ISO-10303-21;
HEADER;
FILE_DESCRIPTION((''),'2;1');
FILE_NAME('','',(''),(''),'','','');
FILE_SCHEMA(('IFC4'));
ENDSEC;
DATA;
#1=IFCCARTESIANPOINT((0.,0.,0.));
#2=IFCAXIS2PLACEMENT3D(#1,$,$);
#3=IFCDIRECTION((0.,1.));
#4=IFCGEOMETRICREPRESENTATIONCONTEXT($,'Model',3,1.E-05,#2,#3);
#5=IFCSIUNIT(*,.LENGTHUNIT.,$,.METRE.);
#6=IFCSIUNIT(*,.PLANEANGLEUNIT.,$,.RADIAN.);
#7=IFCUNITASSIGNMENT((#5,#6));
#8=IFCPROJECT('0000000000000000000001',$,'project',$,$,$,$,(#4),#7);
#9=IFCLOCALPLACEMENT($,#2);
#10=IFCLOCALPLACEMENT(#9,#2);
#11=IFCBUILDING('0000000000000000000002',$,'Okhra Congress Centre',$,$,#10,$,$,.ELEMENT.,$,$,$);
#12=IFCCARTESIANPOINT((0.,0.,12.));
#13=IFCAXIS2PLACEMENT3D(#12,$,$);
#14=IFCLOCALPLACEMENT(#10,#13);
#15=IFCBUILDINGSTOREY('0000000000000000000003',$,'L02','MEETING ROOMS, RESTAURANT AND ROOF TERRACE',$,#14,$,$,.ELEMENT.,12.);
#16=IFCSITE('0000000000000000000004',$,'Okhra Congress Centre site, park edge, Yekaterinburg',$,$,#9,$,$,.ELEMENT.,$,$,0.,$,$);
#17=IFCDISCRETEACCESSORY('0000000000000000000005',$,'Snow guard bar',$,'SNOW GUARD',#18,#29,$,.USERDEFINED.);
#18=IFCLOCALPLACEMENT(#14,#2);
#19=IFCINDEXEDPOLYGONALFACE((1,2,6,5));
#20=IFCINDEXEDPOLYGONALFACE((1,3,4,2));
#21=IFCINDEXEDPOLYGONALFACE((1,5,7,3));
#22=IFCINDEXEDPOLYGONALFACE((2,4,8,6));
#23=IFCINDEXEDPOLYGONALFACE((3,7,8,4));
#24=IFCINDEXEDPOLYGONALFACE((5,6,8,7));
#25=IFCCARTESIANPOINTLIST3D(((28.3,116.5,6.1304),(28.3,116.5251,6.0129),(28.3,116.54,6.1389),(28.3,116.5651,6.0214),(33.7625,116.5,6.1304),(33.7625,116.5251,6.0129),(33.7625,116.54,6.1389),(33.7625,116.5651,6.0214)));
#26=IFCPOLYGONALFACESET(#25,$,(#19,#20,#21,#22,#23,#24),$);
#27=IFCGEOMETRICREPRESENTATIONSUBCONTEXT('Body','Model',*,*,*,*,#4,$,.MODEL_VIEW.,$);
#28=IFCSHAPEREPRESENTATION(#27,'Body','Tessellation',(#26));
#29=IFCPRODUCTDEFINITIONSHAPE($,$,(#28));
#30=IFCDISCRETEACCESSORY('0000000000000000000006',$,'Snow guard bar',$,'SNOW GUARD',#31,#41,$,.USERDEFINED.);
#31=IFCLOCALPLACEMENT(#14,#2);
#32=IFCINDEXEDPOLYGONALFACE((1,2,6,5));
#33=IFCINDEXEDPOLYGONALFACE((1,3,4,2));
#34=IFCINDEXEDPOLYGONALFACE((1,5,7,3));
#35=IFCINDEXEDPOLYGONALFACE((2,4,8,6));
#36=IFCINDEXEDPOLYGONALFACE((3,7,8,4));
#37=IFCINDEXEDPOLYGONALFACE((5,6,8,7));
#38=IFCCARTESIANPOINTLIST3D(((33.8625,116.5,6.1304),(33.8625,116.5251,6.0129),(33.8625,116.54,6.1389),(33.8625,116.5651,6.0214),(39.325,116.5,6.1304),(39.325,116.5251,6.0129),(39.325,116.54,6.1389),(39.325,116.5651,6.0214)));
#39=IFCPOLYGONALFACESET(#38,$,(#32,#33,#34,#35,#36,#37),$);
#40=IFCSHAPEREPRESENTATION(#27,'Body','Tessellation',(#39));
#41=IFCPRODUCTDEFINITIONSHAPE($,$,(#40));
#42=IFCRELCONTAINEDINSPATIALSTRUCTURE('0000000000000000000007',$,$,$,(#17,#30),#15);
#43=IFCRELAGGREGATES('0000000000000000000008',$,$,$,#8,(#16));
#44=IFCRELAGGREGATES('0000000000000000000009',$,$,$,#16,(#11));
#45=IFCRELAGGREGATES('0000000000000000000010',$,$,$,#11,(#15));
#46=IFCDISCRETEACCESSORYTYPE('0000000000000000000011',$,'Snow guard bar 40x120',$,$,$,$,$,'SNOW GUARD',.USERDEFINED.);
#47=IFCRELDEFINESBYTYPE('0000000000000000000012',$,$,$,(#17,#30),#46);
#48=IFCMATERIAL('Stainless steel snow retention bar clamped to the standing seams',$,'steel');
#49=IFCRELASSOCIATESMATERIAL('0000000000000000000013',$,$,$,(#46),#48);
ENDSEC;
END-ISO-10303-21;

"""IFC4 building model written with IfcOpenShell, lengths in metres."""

from ifc_helpers import new_model, si_unit, direction, frame, origin, place, context, subcontext, project, spatial, polyline, outline, extrude, material, type_object, element, save


model = new_model("IFC4")

# Units and contexts
model_context = context("Model", 3, precision=1e-05, world=origin(), true_north=direction((0.0, 1.0)))
body_context = subcontext(model_context, "Body", "Model", "MODEL_VIEW")
ifc_project = project(units=[si_unit("LENGTHUNIT", "METRE"), si_unit("PLANEANGLEUNIT", "RADIAN")], contexts=[model_context])

# Site, building, storey
site_placement = place(None, origin())
site = spatial("IfcSite", under=ifc_project, at=site_placement, Name="Okhra Congress Centre site, park edge, Yekaterinburg", CompositionType="ELEMENT", RefElevation=0.0)
building_placement = place(site_placement, origin())
building = spatial("IfcBuilding", under=site, at=building_placement, Name="Okhra Congress Centre", CompositionType="ELEMENT")
storey_placement = place(building_placement, frame((0.0, 0.0, 12.0)))
storey = spatial("IfcBuildingStorey", under=building, at=storey_placement, Name="L02", Description="MEETING ROOMS, RESTAURANT AND ROOF TERRACE", CompositionType="ELEMENT", Elevation=12.0)

# Discrete accessories
ifc_material_1 = material(Name="Stainless steel snow retention bar clamped to the standing seams", Category="steel")
discrete_accessory_type = type_object("IfcDiscreteAccessoryType", Name="Snow guard bar 40x120", ElementType="SNOW GUARD", PredefinedType="USERDEFINED", material=ifc_material_1)
for number, where, z_axis, x_axis, name in (
    (1, (28.3, 116.5, 6.1304), (0.0, -0.208715, 0.977977), (1.0, 0.0, 0.0), "Snow guard bar"),
    (2, (33.8625, 116.5, 6.1304), (0.0, -0.208715, 0.977977), (1.0, 0.0, 0.0), "Snow guard bar"),
):
    element("IfcDiscreteAccessory", number, at=place(storey_placement, frame(where, z_axis=z_axis, x_axis=x_axis)), inside=storey, type_object=discrete_accessory_type, Name=name, ObjectType="SNOW GUARD", PredefinedType="USERDEFINED", context=body_context, shape_type="SweptSolid", body=[
        extrude(outline(polyline([(0.0, 0.0), (5.4624, 0.0), (5.4624, 0.0409), (0.0, 0.0409), (0.0, 0.0)])), origin(), (0.0, 0.0, -1.0), 0.1201),
    ])

save(model, "model.ifc")
